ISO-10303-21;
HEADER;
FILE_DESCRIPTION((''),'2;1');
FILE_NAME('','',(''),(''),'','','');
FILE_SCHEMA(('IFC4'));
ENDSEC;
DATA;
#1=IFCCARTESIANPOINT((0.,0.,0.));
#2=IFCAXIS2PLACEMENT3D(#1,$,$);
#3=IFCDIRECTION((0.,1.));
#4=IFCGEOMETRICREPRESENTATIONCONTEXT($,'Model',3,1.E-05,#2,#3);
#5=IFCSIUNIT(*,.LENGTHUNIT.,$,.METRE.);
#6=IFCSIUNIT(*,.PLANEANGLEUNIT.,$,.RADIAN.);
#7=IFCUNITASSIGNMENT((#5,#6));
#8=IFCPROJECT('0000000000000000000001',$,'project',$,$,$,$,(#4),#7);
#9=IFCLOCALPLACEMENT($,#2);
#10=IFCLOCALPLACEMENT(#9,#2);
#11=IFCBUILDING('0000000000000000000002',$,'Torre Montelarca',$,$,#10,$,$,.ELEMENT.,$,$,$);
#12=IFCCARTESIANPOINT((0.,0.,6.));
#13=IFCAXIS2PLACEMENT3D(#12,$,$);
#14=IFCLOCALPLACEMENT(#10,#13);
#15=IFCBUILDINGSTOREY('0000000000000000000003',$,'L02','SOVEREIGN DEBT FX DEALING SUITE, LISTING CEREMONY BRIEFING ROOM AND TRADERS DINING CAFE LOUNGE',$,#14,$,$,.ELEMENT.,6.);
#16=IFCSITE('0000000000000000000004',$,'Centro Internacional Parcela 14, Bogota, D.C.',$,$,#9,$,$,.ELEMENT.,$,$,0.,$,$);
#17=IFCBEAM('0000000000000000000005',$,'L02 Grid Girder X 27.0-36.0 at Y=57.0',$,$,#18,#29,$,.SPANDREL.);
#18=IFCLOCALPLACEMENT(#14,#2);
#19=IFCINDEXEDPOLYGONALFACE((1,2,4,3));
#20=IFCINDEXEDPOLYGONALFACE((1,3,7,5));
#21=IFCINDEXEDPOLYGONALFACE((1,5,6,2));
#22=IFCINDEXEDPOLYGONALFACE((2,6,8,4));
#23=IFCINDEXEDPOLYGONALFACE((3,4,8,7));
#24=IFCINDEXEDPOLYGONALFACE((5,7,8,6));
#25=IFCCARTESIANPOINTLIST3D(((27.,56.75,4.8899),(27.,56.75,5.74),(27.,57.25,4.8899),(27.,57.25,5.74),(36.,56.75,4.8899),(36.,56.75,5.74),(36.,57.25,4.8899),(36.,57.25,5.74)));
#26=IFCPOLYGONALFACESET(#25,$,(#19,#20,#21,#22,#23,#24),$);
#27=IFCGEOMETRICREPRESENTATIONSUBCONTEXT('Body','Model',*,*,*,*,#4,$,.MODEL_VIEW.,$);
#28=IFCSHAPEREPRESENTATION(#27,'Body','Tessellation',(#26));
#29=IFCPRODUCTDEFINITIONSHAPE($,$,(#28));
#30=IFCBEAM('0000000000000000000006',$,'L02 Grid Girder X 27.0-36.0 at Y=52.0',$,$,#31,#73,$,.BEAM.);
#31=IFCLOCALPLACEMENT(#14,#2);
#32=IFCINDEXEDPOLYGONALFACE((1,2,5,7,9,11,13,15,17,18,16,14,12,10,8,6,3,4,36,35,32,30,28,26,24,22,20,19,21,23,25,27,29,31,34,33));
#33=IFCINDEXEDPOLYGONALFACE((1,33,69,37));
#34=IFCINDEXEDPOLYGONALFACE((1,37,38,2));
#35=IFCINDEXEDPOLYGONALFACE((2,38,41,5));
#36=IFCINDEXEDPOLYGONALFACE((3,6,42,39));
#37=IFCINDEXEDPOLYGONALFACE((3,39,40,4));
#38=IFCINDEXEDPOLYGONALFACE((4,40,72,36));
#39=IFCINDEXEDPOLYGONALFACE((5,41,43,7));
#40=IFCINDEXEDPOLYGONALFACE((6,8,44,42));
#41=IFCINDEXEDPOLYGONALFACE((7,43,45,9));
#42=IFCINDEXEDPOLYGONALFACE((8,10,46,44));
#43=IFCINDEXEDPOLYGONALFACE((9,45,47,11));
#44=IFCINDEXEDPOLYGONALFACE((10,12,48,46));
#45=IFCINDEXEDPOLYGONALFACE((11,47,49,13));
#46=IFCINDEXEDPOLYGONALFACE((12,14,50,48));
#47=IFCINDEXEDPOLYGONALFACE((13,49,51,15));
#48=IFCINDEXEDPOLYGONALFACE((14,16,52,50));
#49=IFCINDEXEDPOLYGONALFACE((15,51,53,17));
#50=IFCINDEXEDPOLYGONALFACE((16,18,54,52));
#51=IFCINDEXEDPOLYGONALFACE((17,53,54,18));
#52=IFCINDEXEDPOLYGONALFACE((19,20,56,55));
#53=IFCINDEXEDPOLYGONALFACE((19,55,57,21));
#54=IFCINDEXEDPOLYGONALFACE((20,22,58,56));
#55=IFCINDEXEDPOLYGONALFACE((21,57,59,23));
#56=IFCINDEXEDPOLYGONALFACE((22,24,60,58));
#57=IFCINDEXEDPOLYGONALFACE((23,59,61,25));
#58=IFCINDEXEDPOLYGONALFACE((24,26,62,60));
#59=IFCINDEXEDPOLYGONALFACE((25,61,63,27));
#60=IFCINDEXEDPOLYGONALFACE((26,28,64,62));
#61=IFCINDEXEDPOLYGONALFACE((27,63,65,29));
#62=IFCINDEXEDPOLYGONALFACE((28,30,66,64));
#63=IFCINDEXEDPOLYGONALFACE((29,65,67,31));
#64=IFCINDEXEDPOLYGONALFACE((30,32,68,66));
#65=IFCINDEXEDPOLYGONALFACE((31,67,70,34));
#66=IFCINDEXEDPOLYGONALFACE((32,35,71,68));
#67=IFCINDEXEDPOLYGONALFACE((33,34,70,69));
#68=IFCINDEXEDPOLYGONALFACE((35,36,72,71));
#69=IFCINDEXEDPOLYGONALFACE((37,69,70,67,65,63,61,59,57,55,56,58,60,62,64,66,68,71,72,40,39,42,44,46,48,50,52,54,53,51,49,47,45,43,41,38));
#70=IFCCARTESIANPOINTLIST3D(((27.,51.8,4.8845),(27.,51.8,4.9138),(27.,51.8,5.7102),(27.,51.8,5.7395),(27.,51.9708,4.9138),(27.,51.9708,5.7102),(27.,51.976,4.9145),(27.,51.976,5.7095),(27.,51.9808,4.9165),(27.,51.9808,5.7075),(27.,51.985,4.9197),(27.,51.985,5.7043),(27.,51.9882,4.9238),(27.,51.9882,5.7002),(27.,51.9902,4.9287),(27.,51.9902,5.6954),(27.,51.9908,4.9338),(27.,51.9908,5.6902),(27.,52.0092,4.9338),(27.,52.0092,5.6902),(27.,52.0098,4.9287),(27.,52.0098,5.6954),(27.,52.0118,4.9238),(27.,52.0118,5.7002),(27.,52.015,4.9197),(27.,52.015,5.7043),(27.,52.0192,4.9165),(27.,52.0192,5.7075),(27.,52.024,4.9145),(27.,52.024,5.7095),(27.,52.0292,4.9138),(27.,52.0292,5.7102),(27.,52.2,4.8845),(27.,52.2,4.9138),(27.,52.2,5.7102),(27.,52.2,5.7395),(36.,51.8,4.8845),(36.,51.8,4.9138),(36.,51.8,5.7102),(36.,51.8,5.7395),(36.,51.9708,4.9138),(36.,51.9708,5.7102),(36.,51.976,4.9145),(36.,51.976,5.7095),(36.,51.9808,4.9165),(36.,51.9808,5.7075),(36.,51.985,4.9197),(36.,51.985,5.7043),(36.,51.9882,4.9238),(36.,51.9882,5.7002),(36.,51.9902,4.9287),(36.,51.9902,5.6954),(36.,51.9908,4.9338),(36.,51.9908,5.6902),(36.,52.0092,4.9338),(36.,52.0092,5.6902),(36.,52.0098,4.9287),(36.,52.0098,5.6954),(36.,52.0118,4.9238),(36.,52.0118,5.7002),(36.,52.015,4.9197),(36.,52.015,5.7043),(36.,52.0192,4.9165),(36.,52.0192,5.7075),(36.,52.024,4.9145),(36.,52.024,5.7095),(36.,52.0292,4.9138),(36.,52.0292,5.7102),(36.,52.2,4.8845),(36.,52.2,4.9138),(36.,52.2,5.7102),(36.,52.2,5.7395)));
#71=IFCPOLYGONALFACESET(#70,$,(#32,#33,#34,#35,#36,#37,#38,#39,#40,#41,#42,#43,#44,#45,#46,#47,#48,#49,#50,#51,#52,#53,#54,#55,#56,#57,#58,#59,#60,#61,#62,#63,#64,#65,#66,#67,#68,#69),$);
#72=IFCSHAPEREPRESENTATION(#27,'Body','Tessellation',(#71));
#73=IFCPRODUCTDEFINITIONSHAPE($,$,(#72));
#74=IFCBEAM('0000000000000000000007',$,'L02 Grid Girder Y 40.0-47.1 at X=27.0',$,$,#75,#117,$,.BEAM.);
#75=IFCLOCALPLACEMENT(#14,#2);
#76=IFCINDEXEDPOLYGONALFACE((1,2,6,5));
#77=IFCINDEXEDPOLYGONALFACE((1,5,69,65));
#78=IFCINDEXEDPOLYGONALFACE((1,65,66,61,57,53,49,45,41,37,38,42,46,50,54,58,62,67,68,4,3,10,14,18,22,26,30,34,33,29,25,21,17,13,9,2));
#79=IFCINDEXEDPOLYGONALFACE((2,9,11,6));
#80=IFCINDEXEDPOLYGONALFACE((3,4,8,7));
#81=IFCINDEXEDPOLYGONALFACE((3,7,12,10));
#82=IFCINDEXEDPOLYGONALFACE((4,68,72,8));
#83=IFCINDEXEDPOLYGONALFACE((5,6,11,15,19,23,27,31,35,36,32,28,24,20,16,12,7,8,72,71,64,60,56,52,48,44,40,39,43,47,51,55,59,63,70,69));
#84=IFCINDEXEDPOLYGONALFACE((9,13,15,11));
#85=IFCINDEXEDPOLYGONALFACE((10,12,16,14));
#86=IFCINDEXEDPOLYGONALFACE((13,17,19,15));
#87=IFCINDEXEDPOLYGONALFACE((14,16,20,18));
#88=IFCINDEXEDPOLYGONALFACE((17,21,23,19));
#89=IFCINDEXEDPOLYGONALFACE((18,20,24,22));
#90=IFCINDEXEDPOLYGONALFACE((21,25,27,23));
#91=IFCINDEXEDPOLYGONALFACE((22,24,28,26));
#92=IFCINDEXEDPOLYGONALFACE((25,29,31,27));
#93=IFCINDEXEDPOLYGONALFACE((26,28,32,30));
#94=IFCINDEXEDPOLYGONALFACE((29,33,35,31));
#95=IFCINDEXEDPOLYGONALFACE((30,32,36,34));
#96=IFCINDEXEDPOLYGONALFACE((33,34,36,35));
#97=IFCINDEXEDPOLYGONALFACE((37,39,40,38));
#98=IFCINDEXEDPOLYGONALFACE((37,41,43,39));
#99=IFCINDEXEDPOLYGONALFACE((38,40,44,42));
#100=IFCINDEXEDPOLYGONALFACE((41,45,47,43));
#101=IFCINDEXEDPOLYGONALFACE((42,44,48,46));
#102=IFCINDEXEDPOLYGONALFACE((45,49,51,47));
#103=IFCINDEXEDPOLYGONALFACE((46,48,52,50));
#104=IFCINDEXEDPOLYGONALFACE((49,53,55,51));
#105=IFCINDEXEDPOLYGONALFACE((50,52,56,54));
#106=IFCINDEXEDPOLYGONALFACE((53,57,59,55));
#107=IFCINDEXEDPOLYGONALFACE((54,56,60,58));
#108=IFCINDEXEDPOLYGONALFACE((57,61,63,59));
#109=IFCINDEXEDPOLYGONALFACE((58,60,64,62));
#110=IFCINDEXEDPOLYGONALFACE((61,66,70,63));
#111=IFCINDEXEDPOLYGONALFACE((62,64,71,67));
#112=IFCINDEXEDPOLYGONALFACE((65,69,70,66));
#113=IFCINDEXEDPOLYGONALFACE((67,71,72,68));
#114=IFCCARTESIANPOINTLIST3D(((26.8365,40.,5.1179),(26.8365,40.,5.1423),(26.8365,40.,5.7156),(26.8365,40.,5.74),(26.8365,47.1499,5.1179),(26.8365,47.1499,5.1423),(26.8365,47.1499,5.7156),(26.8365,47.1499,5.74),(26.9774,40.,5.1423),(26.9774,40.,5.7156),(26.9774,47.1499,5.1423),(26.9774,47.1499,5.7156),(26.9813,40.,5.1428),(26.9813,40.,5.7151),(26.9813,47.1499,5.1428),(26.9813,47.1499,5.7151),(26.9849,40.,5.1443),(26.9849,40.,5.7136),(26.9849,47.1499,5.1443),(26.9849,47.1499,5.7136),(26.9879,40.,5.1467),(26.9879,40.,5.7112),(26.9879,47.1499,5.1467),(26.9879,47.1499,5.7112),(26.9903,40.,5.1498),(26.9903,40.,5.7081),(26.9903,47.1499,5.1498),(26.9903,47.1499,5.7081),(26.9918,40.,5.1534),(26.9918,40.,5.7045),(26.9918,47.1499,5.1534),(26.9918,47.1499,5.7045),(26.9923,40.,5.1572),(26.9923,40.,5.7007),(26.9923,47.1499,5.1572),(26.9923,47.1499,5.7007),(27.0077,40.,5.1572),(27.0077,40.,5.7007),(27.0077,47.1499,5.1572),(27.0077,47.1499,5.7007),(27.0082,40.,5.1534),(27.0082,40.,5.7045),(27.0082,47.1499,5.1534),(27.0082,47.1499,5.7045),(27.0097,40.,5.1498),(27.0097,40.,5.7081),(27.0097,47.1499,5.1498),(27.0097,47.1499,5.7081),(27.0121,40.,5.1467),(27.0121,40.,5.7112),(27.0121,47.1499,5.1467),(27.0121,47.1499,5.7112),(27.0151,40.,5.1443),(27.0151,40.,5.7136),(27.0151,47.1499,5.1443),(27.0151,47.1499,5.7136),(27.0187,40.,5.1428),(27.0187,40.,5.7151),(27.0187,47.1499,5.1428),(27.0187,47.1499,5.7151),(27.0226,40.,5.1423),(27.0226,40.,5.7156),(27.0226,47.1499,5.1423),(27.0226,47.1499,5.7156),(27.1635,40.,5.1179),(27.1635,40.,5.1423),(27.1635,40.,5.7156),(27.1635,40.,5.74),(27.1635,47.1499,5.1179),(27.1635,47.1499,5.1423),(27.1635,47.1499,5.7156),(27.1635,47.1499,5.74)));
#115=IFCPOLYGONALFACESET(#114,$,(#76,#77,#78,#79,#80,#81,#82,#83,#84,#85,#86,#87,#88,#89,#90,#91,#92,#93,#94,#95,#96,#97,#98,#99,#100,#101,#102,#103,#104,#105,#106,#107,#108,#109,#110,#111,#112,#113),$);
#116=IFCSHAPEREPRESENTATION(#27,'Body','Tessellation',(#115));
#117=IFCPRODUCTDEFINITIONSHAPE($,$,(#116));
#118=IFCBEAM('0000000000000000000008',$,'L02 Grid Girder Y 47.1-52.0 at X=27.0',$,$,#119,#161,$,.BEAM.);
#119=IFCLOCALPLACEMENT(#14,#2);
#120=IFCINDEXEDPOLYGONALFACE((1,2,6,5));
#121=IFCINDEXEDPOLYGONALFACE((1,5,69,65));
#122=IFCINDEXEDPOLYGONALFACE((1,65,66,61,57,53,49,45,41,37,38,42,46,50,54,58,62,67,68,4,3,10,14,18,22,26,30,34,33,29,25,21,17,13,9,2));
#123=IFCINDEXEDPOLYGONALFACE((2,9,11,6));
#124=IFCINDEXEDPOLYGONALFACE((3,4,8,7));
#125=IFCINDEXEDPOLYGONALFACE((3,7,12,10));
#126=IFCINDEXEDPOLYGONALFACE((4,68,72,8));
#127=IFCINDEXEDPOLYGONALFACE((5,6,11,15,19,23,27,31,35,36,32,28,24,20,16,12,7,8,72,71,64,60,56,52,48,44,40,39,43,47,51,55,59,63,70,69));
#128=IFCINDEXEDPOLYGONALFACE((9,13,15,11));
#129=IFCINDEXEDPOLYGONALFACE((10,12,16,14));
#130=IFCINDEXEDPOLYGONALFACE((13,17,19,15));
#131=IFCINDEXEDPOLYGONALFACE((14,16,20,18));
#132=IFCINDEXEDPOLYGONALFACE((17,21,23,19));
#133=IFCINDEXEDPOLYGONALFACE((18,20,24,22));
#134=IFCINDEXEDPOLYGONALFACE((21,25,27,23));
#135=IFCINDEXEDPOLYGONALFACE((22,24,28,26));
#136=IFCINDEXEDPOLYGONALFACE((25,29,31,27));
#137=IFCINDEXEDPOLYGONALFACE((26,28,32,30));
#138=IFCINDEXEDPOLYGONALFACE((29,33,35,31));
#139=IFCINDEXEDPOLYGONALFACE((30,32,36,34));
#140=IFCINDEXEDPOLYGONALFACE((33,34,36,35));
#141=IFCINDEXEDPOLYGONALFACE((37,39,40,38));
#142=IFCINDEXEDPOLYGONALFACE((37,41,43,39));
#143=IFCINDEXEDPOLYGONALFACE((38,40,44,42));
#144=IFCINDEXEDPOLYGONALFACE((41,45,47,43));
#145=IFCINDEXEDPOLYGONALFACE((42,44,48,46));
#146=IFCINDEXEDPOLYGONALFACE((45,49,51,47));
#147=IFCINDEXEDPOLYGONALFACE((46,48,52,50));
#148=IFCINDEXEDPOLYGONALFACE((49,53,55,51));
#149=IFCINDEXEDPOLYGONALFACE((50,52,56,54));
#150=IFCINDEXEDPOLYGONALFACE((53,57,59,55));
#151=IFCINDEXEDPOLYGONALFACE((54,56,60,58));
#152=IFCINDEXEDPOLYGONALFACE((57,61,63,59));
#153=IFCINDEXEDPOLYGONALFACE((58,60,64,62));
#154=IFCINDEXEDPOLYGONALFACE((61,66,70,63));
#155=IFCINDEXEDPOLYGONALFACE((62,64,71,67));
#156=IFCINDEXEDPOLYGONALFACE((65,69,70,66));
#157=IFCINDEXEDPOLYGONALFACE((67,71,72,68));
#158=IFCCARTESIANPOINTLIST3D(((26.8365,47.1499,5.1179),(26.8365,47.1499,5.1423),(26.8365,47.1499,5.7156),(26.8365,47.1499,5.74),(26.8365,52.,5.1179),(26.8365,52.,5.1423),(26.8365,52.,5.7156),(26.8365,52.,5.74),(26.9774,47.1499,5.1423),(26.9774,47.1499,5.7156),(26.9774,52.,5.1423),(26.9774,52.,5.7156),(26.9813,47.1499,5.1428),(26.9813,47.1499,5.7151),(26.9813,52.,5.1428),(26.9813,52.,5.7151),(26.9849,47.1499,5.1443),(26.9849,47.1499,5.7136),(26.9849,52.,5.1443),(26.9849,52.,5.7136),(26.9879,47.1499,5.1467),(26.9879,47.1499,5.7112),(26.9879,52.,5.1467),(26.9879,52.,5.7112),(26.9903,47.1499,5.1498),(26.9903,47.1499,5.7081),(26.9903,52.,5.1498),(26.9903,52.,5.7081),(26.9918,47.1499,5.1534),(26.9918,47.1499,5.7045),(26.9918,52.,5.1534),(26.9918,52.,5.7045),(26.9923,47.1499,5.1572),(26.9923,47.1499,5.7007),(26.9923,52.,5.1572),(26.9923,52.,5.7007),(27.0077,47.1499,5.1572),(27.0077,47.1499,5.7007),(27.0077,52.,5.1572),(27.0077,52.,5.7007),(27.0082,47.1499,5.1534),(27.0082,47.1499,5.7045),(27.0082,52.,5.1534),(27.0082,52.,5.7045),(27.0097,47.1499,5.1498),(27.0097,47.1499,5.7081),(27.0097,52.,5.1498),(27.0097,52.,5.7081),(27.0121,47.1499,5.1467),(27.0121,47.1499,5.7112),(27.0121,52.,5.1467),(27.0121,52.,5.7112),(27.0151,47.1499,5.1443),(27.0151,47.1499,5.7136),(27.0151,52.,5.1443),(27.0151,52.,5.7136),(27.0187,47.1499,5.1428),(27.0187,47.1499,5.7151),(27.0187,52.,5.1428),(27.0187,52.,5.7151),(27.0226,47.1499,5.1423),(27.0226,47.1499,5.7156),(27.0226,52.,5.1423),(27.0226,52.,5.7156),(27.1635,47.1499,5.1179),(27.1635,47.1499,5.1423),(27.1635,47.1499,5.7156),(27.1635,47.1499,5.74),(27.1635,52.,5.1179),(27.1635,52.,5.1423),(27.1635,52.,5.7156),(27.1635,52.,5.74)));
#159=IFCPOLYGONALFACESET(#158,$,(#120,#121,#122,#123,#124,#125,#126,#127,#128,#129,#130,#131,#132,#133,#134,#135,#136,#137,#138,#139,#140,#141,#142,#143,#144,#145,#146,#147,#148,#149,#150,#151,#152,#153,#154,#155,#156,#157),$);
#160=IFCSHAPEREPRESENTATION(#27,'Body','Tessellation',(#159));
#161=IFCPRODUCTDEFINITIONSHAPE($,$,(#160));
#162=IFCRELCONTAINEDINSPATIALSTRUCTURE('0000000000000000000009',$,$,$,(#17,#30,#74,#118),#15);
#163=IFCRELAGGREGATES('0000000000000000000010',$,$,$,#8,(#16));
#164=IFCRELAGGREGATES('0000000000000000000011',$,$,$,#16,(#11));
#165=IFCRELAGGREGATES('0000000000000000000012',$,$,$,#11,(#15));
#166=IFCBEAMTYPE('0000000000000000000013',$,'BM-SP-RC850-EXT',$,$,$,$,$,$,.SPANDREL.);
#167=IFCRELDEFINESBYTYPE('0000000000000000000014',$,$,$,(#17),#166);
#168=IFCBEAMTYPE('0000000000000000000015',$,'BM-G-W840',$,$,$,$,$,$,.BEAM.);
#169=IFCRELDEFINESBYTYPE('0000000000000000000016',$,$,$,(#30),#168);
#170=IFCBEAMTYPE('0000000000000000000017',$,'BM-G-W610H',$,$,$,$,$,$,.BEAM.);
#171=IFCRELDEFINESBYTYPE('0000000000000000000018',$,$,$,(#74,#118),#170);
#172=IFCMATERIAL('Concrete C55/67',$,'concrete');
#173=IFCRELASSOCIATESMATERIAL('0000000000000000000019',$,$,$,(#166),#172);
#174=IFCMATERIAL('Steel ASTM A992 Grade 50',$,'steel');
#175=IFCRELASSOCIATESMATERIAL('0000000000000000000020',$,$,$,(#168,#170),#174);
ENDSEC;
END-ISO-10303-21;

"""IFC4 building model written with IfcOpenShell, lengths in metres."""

from ifc_helpers import new_model, si_unit, direction, frame, origin, origin_2d, place, context, subcontext, project, spatial, rectangle, i_section, extrude, source, transform, mapped, material, material_profile, profile_set, type_object, element, save


model = new_model("IFC4")

# Units and contexts
model_context = context("Model", 3, precision=1e-05, world=origin(), true_north=direction((0.0, 1.0)))
body_context = subcontext(model_context, "Body", "Model", "MODEL_VIEW")
ifc_project = project(units=[si_unit("LENGTHUNIT", "METRE"), si_unit("PLANEANGLEUNIT", "RADIAN")], contexts=[model_context])

# Site, building, storey
site_placement = place(None, origin())
site = spatial("IfcSite", under=ifc_project, at=site_placement, Name="Centro Internacional Parcela 14, Bogota, D.C.", CompositionType="ELEMENT", RefElevation=0.0)
building_placement = place(site_placement, origin())
building = spatial("IfcBuilding", under=site, at=building_placement, Name="Torre Montelarca", CompositionType="ELEMENT")
storey_placement = place(building_placement, frame((0.0, 0.0, 6.0)))
storey = spatial("IfcBuildingStorey", under=building, at=storey_placement, Name="L02", Description="SOVEREIGN DEBT FX DEALING SUITE, LISTING CEREMONY BRIEFING ROOM AND TRADERS DINING CAFE LOUNGE", CompositionType="ELEMENT", Elevation=6.0)

# Beams
ifc_material_1 = material(Name="Concrete C55/67", Category="concrete")
ifc_material_profile_1 = material_profile(ifc_material_1, rectangle(XDim=0.5, YDim=0.8501, at=origin_2d()), Name="RCB500X850", Category="concrete")
ifc_profile_set_1 = profile_set([ifc_material_profile_1], Name="Concrete C55/67")
beam_type_1 = type_object("IfcBeamType", Name="BM-SP-RC850-EXT", PredefinedType="SPANDREL", material=ifc_profile_set_1)
shared_shape_1 = source(origin(), body_context, "Body", "SweptSolid", [
    extrude(rectangle(XDim=0.5, YDim=0.8501, at=origin_2d()), origin(), (0.0, 0.0, 1.0), 9.0),
])
beam_1_placement = place(storey_placement, frame((27.0, 57.0, 5.3149), z_axis=(1.0, 0.0, 0.0), x_axis=(0.0, 1.0, 0.0)))
element("IfcBeam", 1, at=beam_1_placement, inside=storey, type_object=beam_type_1, Name="L02 Grid Girder X 27.0-36.0 at Y=57.0", PredefinedType="SPANDREL", context=body_context, shape_type="MappedRepresentation", body=[
    mapped(shared_shape_1, transform((0.0, 0.0, 0.0), scale=1.0)),
])
ifc_material_2 = material(Name="Steel ASTM A992 Grade 50", Category="steel")
ifc_material_profile_2 = material_profile(ifc_material_2, i_section(OverallWidth=0.3999, OverallDepth=0.855, WebThickness=0.0183, FlangeThickness=0.0293, FilletRadius=0.02, at=origin_2d()), Name="W840X299", Category="steel")
ifc_profile_set_2 = profile_set([ifc_material_profile_2], Name="Steel ASTM A992 Grade 50")
beam_type_2 = type_object("IfcBeamType", Name="BM-G-W840", PredefinedType="BEAM", material=ifc_profile_set_2)
shared_shape_2 = source(origin(), body_context, "Body", "SweptSolid", [
    extrude(i_section(OverallWidth=0.3999, OverallDepth=0.855, WebThickness=0.0183, FlangeThickness=0.0293, FilletRadius=0.02, at=origin_2d()), origin(), (0.0, 0.0, 1.0), 9.0),
])
beam_2_placement = place(storey_placement, frame((27.0, 52.0, 5.312), z_axis=(1.0, 0.0, 0.0), x_axis=(0.0, 1.0, 0.0)))
element("IfcBeam", 2, at=beam_2_placement, inside=storey, type_object=beam_type_2, Name="L02 Grid Girder X 27.0-36.0 at Y=52.0", PredefinedType="BEAM", context=body_context, shape_type="MappedRepresentation", body=[
    mapped(shared_shape_2, transform((0.0, 0.0, 0.0), scale=1.0)),
])
ifc_material_profile_3 = material_profile(ifc_material_2, i_section(OverallWidth=0.3269, OverallDepth=0.6221, WebThickness=0.0154, FlangeThickness=0.0244, FilletRadius=0.0149, at=origin_2d()), Name="W610X195", Category="steel")
ifc_profile_set_3 = profile_set([ifc_material_profile_3], Name="Steel ASTM A992 Grade 50")
beam_type_3 = type_object("IfcBeamType", Name="BM-G-W610H", PredefinedType="BEAM", material=ifc_profile_set_3)
shared_shape_3 = source(origin(), body_context, "Body", "SweptSolid", [
    extrude(i_section(OverallWidth=0.3269, OverallDepth=0.6221, WebThickness=0.0154, FlangeThickness=0.0244, FilletRadius=0.0149, at=origin_2d()), origin(), (0.0, 0.0, 1.0), 7.1499),
])
beam_3_placement = place(storey_placement, frame((27.0, 40.0, 5.429), z_axis=(0.0, 1.0, 0.0), x_axis=(-1.0, 0.0, 0.0)))
element("IfcBeam", 3, at=beam_3_placement, inside=storey, type_object=beam_type_3, Name="L02 Grid Girder Y 40.0-47.1 at X=27.0", PredefinedType="BEAM", context=body_context, shape_type="MappedRepresentation", body=[
    mapped(shared_shape_3, transform((0.0, 0.0, 0.0), scale=1.0)),
])
shared_shape_4 = source(origin(), body_context, "Body", "SweptSolid", [
    extrude(i_section(OverallWidth=0.3269, OverallDepth=0.6221, WebThickness=0.0154, FlangeThickness=0.0244, FilletRadius=0.0149, at=origin_2d()), origin(), (0.0, 0.0, 1.0), 4.8501),
])
beam_4_placement = place(storey_placement, frame((27.0, 47.1499, 5.429), z_axis=(0.0, 1.0, 0.0), x_axis=(-1.0, 0.0, 0.0)))
element("IfcBeam", 4, at=beam_4_placement, inside=storey, type_object=beam_type_3, Name="L02 Grid Girder Y 47.1-52.0 at X=27.0", PredefinedType="BEAM", context=body_context, shape_type="MappedRepresentation", body=[
    mapped(shared_shape_4, transform((0.0, 0.0, 0.0), scale=1.0)),
])

save(model, "model.ifc")
